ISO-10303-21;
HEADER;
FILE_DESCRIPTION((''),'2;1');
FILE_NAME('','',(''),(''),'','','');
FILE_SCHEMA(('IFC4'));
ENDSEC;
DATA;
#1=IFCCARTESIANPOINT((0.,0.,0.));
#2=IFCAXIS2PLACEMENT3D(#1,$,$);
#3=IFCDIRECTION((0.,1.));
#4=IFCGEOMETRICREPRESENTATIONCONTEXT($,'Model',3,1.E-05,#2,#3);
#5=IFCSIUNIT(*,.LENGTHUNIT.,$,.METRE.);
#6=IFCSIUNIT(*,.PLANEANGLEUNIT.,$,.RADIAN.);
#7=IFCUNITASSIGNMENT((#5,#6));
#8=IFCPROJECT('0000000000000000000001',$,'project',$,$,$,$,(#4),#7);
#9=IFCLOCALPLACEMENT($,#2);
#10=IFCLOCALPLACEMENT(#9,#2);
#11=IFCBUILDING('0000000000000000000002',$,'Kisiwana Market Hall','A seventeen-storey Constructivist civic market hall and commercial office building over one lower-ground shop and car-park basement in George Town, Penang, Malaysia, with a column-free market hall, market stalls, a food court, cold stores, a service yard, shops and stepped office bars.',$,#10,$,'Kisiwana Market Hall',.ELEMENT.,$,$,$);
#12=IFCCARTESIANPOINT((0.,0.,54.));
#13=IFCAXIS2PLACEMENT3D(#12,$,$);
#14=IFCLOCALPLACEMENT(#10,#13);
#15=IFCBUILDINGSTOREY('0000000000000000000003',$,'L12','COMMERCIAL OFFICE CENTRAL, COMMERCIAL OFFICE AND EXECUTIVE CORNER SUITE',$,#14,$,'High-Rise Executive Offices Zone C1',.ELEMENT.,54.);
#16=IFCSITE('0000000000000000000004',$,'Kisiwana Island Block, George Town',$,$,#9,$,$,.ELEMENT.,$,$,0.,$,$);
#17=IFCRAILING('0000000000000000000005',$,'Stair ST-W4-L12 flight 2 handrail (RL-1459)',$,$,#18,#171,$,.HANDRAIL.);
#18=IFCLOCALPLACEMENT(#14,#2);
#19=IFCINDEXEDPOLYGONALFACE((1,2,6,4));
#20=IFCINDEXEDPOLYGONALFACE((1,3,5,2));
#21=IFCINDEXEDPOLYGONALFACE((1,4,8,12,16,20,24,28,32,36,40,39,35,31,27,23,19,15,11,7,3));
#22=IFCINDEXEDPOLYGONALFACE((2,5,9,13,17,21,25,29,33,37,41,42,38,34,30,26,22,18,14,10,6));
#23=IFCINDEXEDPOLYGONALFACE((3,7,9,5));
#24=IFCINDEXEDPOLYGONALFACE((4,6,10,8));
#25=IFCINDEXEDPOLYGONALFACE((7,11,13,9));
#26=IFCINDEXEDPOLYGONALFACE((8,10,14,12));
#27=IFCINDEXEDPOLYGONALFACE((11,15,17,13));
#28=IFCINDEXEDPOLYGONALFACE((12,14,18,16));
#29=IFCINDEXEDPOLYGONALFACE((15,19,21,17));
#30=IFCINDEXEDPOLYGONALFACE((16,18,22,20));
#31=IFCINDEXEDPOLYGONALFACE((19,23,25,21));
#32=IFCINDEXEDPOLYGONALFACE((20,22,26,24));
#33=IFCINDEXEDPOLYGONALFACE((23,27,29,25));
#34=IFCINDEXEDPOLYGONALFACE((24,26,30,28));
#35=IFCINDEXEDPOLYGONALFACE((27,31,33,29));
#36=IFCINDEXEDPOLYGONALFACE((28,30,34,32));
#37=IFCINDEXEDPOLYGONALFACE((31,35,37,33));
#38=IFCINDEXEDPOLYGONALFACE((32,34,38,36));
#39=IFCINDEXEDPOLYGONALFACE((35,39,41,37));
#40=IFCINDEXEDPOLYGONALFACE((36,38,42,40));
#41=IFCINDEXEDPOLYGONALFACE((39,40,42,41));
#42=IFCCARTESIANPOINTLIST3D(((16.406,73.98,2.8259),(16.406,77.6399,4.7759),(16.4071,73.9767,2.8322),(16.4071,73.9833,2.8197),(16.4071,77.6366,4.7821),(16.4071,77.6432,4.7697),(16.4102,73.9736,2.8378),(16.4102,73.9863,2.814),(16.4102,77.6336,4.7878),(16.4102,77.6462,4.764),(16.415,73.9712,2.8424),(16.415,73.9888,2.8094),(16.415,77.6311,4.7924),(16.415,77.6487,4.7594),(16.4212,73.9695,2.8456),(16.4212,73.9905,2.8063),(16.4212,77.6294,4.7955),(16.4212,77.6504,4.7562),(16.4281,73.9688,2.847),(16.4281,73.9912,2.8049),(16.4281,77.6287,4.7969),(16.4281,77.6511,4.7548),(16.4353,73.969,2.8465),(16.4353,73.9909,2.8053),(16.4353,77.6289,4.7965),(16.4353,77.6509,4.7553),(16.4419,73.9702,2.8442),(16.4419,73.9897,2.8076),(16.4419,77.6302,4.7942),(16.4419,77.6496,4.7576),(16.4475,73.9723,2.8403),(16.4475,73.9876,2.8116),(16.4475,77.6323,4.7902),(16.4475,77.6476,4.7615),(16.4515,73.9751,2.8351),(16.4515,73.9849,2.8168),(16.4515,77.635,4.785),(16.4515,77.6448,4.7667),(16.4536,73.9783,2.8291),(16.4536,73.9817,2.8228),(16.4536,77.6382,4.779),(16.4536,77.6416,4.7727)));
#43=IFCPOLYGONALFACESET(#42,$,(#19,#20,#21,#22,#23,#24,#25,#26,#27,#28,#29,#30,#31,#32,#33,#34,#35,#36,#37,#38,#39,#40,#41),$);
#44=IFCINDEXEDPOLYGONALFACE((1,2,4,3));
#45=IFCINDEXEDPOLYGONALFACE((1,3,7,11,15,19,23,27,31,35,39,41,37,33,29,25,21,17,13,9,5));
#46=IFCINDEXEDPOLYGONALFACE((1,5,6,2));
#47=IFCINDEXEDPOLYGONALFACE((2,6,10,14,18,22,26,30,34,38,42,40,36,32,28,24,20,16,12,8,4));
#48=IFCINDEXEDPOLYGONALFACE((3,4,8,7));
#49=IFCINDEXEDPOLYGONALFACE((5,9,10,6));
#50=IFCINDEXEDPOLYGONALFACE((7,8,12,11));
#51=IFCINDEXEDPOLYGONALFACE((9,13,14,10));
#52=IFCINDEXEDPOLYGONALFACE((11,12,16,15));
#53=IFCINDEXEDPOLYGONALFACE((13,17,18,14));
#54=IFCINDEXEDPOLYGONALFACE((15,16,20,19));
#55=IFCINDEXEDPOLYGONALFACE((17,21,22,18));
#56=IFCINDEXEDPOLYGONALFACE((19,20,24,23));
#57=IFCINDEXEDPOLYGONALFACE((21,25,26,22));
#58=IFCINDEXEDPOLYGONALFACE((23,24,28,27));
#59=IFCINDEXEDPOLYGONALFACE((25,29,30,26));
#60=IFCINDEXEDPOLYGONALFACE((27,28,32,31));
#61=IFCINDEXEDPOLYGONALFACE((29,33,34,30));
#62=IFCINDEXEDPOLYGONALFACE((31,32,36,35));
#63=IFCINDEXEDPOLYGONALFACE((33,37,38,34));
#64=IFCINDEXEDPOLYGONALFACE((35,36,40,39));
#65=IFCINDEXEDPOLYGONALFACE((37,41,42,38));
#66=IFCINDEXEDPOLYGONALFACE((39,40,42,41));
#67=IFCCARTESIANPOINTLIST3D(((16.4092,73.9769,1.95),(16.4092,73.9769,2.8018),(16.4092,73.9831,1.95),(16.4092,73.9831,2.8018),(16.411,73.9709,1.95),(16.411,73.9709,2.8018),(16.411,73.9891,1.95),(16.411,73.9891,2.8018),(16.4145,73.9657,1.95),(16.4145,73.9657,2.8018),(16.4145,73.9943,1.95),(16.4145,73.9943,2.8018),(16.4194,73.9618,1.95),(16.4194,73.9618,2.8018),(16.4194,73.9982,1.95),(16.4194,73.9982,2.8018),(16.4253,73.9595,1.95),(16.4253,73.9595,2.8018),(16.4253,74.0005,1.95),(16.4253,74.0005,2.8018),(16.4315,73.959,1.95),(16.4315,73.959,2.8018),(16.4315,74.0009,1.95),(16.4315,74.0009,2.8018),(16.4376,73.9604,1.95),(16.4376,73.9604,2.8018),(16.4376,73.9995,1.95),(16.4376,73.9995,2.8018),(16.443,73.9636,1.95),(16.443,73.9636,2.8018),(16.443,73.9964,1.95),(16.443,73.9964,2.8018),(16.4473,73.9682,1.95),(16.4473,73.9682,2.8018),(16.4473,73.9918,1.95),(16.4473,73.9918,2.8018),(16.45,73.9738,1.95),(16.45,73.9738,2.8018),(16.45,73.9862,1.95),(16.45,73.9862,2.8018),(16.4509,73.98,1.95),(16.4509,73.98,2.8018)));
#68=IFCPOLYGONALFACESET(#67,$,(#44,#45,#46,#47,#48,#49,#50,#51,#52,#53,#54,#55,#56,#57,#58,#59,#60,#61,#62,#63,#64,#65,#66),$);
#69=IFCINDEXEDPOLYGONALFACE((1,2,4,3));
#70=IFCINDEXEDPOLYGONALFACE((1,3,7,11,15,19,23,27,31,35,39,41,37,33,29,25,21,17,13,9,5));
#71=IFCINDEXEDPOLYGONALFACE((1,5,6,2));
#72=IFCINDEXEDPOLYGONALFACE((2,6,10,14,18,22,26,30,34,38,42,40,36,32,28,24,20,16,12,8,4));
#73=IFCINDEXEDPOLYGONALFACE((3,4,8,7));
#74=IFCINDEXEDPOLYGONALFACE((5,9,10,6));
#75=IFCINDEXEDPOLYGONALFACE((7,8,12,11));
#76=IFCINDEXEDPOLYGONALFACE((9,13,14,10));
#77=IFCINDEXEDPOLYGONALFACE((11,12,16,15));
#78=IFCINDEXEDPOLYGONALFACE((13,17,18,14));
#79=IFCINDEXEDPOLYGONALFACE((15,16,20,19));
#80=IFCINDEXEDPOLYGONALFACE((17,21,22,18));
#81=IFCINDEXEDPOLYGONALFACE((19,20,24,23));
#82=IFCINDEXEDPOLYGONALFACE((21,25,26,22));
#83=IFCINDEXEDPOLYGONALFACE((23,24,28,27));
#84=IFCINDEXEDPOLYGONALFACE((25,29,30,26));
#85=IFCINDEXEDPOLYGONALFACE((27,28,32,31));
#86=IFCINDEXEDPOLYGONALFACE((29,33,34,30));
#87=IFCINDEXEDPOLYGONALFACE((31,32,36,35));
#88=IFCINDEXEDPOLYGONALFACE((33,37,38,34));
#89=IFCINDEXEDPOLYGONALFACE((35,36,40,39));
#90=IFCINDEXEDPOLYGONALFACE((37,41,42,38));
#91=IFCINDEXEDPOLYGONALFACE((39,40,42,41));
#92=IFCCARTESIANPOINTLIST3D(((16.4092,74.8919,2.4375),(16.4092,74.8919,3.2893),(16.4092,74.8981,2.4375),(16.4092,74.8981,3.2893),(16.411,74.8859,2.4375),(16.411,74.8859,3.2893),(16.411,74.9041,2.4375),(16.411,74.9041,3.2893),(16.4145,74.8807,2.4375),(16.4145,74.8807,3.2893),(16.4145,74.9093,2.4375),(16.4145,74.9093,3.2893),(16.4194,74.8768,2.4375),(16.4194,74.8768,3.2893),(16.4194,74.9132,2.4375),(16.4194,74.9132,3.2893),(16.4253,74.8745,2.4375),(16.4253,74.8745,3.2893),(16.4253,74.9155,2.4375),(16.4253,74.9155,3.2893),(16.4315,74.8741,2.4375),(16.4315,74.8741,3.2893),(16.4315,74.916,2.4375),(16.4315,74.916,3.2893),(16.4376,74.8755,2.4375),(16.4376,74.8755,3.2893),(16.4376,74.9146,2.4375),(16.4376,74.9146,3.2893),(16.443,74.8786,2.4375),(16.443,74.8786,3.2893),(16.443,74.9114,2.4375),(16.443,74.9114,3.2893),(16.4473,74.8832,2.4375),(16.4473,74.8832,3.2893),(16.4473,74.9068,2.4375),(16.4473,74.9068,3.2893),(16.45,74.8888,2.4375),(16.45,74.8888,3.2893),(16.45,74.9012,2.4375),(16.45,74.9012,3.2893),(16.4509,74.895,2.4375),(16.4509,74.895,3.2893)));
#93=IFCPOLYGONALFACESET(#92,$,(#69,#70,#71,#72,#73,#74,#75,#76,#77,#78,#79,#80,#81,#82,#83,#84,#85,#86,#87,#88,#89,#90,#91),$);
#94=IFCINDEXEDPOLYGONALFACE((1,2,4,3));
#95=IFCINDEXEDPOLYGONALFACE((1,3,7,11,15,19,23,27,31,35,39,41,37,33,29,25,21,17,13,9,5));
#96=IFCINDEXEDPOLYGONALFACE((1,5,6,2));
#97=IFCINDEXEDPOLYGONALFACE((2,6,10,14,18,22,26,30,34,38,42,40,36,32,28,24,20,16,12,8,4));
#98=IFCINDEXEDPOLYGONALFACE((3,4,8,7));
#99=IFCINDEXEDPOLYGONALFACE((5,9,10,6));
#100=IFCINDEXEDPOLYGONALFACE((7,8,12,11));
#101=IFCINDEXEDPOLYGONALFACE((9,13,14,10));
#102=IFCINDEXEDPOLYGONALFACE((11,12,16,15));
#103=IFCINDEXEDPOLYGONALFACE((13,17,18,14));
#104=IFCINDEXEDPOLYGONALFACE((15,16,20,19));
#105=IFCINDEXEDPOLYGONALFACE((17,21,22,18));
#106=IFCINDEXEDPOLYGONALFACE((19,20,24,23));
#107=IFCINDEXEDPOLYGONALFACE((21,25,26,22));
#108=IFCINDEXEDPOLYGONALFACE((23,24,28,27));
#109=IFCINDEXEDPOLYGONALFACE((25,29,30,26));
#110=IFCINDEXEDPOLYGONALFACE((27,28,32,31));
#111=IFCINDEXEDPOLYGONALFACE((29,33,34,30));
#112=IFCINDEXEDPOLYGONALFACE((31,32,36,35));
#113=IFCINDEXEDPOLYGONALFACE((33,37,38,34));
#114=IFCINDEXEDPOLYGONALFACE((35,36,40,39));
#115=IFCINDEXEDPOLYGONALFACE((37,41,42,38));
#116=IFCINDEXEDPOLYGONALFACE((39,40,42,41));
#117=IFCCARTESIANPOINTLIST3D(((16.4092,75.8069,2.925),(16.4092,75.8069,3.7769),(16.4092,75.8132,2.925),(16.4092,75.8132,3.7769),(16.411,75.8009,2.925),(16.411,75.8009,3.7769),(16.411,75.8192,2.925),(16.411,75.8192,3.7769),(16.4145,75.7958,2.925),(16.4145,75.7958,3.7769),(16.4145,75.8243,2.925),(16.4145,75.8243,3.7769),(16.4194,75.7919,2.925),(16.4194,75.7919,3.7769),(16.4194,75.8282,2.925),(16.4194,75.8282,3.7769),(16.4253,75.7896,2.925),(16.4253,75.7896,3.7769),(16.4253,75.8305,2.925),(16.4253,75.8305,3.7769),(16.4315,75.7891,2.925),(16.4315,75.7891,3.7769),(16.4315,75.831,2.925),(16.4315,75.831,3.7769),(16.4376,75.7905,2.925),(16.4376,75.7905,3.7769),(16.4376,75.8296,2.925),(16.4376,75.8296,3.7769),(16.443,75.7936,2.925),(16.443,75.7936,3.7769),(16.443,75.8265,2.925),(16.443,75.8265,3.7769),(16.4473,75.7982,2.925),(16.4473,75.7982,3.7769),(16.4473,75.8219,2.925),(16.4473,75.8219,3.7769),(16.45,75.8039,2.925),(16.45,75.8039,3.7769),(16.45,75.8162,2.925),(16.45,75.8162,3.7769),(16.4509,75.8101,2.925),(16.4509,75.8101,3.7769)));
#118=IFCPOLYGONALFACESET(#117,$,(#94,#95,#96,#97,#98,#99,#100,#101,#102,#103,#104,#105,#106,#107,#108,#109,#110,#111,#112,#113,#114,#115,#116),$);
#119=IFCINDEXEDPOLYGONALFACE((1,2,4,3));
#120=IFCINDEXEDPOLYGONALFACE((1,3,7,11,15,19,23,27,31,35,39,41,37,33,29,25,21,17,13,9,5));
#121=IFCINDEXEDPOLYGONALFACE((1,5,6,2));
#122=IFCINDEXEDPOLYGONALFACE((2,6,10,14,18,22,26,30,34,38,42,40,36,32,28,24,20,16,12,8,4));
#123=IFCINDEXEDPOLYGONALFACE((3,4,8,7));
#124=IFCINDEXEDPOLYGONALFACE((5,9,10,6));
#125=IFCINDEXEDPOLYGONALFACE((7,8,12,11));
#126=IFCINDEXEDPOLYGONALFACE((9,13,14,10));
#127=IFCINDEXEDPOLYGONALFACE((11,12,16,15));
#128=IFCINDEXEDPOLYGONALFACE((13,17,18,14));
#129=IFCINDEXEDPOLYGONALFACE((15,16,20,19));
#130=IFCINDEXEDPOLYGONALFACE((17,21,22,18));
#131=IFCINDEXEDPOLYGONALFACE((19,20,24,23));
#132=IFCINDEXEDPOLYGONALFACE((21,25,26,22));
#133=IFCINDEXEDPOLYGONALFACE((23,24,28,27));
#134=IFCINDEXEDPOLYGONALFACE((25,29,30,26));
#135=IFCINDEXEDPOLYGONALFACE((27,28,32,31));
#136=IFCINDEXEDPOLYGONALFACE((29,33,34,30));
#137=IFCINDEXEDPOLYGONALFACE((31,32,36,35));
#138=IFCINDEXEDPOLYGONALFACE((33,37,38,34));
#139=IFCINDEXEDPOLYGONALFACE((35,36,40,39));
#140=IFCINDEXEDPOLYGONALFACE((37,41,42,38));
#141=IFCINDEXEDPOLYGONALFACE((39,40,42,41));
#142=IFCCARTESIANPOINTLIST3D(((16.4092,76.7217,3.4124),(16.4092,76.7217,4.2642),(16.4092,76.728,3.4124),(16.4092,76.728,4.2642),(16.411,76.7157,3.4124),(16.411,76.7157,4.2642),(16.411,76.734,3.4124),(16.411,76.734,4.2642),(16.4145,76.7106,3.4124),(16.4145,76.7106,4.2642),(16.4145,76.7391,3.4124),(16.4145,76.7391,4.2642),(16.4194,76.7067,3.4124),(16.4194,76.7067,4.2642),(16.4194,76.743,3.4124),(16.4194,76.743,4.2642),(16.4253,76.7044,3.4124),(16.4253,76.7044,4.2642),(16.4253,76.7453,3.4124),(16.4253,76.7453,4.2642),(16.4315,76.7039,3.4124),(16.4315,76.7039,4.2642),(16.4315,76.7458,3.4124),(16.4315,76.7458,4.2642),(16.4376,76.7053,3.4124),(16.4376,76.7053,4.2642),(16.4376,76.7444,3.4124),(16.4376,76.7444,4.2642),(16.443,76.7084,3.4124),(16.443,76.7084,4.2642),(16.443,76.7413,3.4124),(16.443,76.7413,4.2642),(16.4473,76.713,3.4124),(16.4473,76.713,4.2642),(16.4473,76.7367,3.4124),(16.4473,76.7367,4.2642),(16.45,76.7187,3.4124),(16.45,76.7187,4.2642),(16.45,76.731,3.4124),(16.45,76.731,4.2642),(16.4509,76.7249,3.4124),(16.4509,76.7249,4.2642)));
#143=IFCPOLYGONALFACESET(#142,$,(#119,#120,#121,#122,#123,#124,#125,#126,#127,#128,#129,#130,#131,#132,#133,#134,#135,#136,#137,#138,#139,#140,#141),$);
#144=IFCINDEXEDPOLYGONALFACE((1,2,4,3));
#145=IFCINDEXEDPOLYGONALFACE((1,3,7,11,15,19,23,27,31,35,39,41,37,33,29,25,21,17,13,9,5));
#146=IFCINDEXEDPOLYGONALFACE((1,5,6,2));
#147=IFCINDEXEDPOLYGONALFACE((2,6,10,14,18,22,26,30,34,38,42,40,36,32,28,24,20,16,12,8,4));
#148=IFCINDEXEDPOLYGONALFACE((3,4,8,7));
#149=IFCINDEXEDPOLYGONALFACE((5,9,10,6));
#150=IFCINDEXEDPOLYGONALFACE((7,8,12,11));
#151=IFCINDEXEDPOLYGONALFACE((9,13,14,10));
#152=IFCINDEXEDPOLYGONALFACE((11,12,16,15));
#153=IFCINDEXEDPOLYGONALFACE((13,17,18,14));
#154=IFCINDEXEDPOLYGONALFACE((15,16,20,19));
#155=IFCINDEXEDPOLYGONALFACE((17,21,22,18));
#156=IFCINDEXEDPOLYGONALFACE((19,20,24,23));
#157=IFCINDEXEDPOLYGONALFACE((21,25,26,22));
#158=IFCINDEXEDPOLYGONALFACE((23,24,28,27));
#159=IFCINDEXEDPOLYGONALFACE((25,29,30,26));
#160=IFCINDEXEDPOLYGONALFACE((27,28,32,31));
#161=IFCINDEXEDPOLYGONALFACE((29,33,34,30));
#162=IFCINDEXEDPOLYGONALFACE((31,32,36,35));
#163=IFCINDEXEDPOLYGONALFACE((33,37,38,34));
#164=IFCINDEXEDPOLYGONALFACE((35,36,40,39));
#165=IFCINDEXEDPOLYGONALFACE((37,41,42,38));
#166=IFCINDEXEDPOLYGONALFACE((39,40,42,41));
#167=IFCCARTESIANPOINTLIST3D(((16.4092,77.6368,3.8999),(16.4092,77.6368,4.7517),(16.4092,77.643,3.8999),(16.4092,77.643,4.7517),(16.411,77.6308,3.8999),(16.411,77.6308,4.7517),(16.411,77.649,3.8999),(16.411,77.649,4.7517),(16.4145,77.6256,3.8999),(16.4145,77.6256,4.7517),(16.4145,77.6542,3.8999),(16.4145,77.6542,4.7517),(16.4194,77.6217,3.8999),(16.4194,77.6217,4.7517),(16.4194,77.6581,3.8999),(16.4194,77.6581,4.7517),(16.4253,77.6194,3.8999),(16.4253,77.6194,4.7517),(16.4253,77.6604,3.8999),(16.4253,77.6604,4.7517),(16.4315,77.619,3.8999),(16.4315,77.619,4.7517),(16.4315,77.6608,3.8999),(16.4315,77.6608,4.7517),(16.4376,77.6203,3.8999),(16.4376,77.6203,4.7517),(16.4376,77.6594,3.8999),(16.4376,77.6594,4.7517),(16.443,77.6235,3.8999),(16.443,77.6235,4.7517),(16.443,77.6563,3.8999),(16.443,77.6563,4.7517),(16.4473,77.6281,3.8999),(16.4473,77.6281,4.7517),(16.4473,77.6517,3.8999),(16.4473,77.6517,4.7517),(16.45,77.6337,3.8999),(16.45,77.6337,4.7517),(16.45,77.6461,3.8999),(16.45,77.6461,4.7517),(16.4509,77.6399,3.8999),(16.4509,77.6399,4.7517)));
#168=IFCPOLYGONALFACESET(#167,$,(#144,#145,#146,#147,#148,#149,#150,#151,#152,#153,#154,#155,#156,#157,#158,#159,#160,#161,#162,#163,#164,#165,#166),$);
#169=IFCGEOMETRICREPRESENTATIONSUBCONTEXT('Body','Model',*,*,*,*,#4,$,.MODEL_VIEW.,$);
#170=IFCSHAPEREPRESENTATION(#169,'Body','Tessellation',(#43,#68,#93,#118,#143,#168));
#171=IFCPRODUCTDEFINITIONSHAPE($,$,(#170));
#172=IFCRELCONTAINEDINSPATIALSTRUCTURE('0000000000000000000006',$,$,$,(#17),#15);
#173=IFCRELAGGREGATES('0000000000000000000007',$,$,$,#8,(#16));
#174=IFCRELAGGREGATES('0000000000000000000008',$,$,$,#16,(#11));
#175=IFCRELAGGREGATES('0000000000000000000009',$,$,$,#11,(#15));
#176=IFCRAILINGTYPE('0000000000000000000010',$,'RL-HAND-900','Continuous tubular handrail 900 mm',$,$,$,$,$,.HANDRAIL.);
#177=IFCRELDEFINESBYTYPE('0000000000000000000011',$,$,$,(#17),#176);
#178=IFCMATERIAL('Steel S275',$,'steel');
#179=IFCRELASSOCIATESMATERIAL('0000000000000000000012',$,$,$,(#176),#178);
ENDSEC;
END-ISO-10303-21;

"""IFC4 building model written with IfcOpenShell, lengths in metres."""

from ifc_helpers import new_model, si_unit, direction, frame, origin, origin_2d, place, context, subcontext, project, spatial, circle, extrude, material, type_object, element, save


model = new_model("IFC4")

# Units and contexts
model_context = context("Model", 3, precision=1e-05, world=origin(), true_north=direction((0.0, 1.0)))
body_context = subcontext(model_context, "Body", "Model", "MODEL_VIEW")
ifc_project = project(units=[si_unit("LENGTHUNIT", "METRE"), si_unit("PLANEANGLEUNIT", "RADIAN")], contexts=[model_context])

# Site, building, storey
site_placement = place(None, origin())
site = spatial("IfcSite", under=ifc_project, at=site_placement, Name="Kisiwana Island Block, George Town", CompositionType="ELEMENT", RefElevation=0.0)
building_placement = place(site_placement, origin())
building = spatial("IfcBuilding", under=site, at=building_placement, Name="Kisiwana Market Hall", Description="A seventeen-storey Constructivist civic market hall and commercial office building over one lower-ground shop and car-park basement in George Town, Penang, Malaysia, with a column-free market hall, market stalls, a food court, cold stores, a service yard, shops and stepped office bars.", LongName="Kisiwana Market Hall", CompositionType="ELEMENT")
storey_placement = place(building_placement, frame((0.0, 0.0, 54.0)))
storey = spatial("IfcBuildingStorey", under=building, at=storey_placement, Name="L12", Description="COMMERCIAL OFFICE CENTRAL, COMMERCIAL OFFICE AND EXECUTIVE CORNER SUITE", LongName="High-Rise Executive Offices Zone C1", CompositionType="ELEMENT", Elevation=54.0)

# Railing
ifc_material_1 = material(Name="Steel S275", Category="steel")
railing_type_1 = type_object("IfcRailingType", Name="RL-HAND-900", Description="Continuous tubular handrail 900 mm", PredefinedType="HANDRAIL", material=ifc_material_1)
for number, where, name in (
    (1, (16.4299, 73.98, 1.95), "Stair ST-W4-L12 flight 2 handrail (RL-1459)"),
):
    element("IfcRailing", number, at=place(storey_placement, frame(where)), inside=storey, type_object=railing_type_1, Name=name, PredefinedType="HANDRAIL", context=body_context, shape_type="SweptSolid", body=[
        extrude(circle(Radius=0.0239, at=origin_2d()), frame((0.0, 0.0, 0.876), z_axis=(0.0, 0.882553, 0.470212), x_axis=(-1.0, 0.0, 0.0)), (0.0, 0.0, 1.0), 4.147),
        extrude(circle(Radius=0.021, at=origin_2d()), origin(), (0.0, 0.0, 1.0), 0.8518),
        extrude(circle(Radius=0.021, at=origin_2d()), frame((0.0, 0.915, 0.4875)), (0.0, 0.0, 1.0), 0.8518),
        extrude(circle(Radius=0.021, at=origin_2d()), frame((0.0, 1.8301, 0.9751)), (0.0, 0.0, 1.0), 0.8518),
        extrude(circle(Radius=0.021, at=origin_2d()), frame((0.0, 2.7449, 1.4624)), (0.0, 0.0, 1.0), 0.8518),
        extrude(circle(Radius=0.021, at=origin_2d()), frame((0.0, 3.6599, 1.95)), (0.0, 0.0, 1.0), 0.8518),
    ])

save(model, "model.ifc")
